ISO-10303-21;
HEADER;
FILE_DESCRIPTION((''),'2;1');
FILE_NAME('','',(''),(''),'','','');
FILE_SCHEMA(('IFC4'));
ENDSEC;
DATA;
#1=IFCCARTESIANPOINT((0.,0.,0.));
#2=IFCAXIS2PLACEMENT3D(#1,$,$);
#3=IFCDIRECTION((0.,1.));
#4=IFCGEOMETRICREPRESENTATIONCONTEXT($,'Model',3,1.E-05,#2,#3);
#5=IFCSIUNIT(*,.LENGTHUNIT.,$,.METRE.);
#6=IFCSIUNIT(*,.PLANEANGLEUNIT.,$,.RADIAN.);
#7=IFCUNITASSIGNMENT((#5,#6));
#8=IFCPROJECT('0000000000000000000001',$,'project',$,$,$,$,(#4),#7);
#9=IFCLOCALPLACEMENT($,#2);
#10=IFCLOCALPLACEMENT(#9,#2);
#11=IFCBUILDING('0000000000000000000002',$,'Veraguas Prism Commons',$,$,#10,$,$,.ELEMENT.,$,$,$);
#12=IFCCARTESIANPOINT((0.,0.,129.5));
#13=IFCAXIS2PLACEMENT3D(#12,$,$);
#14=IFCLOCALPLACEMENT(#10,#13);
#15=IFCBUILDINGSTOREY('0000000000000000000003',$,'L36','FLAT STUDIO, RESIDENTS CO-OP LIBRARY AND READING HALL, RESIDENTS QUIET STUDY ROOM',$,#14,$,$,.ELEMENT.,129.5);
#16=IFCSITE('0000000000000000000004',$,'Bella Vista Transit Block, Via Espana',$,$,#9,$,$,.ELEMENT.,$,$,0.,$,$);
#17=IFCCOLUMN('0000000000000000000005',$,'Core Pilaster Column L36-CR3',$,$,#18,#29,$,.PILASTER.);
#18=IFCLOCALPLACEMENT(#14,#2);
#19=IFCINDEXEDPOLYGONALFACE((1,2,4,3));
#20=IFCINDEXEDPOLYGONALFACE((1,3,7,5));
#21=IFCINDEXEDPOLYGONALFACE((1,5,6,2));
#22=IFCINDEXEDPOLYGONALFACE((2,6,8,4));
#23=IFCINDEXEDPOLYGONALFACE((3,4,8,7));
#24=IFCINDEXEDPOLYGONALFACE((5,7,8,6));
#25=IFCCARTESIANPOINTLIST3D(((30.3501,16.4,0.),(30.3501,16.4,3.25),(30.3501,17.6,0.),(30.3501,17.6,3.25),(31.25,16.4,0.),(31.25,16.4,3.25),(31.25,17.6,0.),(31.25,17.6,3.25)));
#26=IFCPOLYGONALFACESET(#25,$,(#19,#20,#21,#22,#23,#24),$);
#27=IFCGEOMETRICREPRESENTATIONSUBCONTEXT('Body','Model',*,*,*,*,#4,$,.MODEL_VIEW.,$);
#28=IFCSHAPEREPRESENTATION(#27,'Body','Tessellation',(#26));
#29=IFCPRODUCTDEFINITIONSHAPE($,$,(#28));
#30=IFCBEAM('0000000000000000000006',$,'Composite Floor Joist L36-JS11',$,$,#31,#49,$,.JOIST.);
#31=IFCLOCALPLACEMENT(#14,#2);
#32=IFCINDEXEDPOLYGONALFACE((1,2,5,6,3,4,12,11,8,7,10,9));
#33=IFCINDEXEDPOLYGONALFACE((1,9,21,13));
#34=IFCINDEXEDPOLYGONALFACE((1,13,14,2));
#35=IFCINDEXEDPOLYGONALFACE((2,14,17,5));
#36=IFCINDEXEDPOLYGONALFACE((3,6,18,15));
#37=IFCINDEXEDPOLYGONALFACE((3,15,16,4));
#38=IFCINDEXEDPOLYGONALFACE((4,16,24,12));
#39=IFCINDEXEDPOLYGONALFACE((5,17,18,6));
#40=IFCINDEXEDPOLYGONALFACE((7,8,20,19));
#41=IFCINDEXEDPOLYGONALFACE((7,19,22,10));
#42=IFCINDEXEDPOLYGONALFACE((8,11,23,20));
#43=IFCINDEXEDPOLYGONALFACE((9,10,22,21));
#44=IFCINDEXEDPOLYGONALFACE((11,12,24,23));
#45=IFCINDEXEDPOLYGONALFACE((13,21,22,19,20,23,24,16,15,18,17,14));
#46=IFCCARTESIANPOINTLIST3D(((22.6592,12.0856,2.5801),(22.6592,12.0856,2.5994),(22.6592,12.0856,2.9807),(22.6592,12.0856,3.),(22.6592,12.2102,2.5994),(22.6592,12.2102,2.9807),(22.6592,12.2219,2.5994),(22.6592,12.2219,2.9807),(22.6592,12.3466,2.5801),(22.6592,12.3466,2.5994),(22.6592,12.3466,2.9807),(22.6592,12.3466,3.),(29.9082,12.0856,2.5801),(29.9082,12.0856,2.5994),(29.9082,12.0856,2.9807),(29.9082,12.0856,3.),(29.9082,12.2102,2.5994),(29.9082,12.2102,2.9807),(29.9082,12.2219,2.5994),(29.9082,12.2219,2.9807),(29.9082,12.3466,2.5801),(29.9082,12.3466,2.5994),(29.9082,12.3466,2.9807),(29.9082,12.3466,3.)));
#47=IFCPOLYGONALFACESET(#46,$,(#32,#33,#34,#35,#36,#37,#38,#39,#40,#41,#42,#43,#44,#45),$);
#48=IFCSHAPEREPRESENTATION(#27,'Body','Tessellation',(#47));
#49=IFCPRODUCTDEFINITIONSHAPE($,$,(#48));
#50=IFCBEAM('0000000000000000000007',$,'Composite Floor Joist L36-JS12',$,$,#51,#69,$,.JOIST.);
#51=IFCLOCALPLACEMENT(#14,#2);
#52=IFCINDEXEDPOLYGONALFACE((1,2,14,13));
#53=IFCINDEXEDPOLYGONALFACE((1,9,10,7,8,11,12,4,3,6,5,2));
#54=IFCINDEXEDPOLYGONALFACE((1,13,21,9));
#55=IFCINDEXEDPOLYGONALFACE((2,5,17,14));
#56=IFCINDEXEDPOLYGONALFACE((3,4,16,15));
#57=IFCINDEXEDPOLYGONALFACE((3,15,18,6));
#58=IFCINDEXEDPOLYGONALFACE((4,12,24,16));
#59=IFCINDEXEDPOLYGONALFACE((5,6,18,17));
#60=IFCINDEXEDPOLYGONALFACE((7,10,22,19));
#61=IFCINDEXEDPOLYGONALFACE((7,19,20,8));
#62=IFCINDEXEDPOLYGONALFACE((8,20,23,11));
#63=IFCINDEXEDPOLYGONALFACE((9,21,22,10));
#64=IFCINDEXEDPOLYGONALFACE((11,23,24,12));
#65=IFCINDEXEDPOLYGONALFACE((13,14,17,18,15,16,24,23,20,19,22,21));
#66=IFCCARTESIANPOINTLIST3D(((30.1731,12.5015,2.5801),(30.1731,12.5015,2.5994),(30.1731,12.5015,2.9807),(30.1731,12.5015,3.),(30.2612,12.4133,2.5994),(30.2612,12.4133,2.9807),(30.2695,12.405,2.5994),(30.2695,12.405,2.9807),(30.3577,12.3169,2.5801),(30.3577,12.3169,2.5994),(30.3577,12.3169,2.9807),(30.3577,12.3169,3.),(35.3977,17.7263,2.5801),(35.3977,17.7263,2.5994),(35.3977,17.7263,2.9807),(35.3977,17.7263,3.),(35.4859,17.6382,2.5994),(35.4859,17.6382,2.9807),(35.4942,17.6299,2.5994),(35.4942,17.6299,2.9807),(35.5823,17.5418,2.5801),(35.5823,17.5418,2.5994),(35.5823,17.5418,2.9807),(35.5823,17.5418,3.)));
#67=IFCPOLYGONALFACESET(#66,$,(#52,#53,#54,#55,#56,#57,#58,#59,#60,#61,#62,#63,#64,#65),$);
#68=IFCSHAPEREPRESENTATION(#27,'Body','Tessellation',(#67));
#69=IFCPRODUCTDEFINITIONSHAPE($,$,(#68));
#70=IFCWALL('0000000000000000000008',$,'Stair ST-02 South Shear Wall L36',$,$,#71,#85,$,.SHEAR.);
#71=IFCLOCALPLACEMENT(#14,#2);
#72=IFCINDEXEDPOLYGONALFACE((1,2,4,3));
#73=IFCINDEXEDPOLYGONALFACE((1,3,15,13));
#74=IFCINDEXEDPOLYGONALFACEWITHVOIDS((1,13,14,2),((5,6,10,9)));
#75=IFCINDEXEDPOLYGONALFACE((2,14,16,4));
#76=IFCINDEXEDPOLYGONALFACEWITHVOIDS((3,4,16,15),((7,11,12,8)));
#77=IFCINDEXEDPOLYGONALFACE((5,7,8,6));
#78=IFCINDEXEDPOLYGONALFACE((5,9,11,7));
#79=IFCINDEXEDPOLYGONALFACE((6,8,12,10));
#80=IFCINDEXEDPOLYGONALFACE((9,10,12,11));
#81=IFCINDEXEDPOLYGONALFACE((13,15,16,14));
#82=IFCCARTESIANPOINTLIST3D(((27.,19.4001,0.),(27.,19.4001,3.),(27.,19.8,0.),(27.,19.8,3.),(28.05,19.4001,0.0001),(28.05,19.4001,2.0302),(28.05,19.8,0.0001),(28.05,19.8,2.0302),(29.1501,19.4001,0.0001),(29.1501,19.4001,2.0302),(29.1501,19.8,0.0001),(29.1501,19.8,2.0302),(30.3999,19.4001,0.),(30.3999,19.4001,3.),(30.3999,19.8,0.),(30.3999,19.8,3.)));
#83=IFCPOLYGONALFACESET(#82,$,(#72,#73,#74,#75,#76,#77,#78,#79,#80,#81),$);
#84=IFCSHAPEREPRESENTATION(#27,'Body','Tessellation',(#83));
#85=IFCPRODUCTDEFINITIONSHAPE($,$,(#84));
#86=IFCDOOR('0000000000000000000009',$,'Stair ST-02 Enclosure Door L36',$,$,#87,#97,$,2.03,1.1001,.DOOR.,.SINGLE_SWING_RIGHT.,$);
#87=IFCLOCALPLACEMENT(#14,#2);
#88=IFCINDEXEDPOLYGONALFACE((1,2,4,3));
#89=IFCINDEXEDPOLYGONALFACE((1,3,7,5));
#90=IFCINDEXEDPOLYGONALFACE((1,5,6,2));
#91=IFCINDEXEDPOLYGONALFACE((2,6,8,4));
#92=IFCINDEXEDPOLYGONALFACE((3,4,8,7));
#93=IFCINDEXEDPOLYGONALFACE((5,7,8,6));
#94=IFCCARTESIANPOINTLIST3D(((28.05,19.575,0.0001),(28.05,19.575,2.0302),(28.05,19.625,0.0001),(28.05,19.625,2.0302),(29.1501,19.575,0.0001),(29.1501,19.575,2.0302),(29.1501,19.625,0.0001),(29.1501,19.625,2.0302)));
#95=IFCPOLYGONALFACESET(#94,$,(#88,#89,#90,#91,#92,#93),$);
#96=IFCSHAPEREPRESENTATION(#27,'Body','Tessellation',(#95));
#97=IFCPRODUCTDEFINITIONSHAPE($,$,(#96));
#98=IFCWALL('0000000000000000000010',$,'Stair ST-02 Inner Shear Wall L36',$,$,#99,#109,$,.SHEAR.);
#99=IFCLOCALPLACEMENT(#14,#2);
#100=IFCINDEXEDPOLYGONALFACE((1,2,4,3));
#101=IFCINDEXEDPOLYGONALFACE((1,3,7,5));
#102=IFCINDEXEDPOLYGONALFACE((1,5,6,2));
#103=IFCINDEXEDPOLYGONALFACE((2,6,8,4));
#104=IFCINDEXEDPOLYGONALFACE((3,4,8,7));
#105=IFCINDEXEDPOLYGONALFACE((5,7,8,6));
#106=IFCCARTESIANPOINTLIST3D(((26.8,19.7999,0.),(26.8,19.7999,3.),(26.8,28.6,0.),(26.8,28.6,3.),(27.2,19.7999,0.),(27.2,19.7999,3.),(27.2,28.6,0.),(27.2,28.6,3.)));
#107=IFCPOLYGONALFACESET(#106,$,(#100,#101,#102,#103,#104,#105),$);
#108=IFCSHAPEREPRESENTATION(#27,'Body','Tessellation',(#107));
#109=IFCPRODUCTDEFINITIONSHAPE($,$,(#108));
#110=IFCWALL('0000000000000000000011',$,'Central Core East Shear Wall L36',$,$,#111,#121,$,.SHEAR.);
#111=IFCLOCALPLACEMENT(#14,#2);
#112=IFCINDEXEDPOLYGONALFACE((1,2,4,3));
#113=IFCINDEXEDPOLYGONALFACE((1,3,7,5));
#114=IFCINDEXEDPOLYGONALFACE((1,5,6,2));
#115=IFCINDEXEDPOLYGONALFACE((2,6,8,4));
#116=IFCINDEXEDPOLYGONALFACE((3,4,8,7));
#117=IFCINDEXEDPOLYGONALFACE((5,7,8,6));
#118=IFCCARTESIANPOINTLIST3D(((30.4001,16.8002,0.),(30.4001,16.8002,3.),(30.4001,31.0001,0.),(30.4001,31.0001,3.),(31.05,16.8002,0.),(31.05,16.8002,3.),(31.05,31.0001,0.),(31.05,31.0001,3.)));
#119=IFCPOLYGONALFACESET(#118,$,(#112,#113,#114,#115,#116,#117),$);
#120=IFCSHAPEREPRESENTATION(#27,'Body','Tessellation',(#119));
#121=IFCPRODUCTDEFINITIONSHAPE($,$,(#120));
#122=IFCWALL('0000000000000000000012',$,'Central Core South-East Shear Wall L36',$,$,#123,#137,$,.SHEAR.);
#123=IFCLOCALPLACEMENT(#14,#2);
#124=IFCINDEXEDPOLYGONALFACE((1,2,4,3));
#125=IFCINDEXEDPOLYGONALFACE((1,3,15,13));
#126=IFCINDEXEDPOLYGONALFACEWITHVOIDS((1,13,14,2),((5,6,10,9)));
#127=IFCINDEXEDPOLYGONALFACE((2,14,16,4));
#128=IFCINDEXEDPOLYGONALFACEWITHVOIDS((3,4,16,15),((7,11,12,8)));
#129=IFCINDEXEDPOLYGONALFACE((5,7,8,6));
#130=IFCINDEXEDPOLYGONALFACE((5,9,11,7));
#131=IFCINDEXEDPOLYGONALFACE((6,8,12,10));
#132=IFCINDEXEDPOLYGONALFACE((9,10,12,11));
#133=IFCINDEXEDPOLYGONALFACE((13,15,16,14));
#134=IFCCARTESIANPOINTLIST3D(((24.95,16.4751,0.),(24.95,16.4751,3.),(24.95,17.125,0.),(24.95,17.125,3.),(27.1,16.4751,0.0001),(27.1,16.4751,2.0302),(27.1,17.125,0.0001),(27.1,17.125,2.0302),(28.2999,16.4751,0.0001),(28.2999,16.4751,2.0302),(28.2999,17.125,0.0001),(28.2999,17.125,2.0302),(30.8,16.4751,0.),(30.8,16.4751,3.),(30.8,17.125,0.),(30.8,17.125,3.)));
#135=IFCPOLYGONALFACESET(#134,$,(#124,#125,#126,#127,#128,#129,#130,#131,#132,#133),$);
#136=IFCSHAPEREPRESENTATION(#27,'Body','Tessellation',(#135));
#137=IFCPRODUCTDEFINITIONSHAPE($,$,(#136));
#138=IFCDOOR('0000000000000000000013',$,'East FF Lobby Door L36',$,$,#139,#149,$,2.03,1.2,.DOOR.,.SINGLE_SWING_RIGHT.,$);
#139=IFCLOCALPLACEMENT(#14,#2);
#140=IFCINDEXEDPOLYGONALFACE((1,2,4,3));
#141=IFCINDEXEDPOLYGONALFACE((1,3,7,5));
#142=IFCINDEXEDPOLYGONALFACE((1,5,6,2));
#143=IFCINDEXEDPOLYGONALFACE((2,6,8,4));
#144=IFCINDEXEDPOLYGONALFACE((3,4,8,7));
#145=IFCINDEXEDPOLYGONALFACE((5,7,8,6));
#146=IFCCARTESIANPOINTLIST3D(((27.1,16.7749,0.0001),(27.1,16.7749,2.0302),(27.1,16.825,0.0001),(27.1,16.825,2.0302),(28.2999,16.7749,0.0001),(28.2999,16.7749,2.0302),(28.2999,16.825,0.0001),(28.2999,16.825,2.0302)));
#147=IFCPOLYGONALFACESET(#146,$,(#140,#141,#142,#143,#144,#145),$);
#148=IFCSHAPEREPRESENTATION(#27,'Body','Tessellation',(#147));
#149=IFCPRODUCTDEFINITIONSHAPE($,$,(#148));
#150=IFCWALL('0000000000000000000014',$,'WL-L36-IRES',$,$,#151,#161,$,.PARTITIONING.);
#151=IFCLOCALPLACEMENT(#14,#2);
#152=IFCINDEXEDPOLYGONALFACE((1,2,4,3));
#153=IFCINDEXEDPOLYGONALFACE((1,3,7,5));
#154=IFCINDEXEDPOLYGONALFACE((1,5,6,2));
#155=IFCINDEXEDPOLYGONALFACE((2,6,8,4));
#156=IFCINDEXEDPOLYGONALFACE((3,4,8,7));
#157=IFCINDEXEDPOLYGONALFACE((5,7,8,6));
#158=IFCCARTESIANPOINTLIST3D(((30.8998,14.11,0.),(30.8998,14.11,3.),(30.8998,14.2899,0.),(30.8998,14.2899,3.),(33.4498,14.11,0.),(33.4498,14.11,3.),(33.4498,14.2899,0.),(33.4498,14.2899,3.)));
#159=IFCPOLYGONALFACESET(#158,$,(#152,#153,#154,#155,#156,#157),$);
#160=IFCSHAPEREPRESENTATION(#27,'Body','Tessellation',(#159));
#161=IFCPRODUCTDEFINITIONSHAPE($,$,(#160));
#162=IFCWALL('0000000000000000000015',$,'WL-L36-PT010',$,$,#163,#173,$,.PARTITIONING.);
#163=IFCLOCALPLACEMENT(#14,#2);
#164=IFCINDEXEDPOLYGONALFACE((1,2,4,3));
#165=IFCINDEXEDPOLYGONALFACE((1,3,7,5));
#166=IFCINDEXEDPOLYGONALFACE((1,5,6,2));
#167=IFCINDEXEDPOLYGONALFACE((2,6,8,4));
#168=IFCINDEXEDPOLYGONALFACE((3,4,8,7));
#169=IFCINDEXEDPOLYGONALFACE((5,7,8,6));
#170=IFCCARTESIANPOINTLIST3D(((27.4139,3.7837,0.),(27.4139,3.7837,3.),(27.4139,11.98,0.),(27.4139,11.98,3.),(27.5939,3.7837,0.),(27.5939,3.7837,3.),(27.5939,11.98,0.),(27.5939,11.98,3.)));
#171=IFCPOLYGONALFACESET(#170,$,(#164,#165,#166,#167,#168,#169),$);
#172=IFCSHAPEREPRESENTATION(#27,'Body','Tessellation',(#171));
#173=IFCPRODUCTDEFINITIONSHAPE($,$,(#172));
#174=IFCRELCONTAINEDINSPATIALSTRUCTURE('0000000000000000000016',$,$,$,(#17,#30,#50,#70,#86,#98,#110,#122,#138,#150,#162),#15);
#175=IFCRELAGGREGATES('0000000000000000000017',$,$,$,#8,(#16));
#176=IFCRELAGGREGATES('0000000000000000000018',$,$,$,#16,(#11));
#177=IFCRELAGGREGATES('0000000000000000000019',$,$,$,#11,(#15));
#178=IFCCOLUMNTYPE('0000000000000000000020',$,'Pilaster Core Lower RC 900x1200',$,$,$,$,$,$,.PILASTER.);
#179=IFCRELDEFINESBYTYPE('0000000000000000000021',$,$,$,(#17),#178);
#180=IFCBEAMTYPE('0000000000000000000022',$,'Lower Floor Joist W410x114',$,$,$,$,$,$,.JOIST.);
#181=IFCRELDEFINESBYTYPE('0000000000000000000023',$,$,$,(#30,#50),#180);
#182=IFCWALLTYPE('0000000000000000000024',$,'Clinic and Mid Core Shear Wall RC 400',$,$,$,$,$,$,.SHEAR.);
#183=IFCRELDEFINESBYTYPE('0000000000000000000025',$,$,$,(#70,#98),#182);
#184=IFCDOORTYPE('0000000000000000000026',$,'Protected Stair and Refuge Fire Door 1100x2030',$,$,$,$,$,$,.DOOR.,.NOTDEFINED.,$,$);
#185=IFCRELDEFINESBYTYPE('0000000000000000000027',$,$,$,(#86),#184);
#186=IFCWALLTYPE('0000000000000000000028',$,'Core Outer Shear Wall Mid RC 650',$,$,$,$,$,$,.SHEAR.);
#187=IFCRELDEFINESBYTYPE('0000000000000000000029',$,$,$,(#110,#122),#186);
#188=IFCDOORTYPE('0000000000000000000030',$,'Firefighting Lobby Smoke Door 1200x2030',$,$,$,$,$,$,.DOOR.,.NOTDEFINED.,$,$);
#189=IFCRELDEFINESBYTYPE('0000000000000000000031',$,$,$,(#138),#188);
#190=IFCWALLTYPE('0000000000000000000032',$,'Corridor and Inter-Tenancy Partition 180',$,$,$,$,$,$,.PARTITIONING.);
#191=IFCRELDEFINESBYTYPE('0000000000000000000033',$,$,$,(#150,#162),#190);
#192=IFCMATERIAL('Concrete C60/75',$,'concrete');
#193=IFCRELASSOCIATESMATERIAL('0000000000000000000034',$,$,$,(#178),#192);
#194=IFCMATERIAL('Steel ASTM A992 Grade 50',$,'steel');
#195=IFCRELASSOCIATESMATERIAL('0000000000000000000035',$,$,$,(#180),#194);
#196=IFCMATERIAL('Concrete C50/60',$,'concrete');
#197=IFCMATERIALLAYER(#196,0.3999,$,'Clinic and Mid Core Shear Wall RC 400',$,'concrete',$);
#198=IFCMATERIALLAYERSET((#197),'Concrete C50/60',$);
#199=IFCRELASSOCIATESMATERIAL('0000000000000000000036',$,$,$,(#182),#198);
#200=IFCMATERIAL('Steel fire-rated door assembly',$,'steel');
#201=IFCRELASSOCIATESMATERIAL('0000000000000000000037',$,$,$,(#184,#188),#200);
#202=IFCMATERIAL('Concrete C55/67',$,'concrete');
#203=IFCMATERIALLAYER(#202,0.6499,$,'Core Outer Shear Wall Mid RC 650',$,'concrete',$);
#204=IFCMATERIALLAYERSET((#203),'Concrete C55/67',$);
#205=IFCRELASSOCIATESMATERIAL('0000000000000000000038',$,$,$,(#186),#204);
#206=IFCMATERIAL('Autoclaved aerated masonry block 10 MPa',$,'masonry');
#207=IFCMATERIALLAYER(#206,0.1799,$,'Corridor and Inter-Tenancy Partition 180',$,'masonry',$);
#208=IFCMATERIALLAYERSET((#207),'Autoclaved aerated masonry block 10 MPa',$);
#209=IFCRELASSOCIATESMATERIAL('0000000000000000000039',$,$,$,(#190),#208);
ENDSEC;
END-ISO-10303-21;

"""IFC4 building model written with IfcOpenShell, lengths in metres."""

from ifc_helpers import new_model, si_unit, direction, frame, frame_2d, origin, origin_2d, place, context, subcontext, project, spatial, rectangle, i_section, extrude, source, transform, mapped, material, layer, layer_set, material_profile, profile_set, type_object, element, fill, save


model = new_model("IFC4")

# Units and contexts
model_context = context("Model", 3, precision=1e-05, world=origin(), true_north=direction((0.0, 1.0)))
body_context = subcontext(model_context, "Body", "Model", "MODEL_VIEW")
ifc_project = project(units=[si_unit("LENGTHUNIT", "METRE"), si_unit("PLANEANGLEUNIT", "RADIAN")], contexts=[model_context])

# Site, building, storey
site_placement = place(None, origin())
site = spatial("IfcSite", under=ifc_project, at=site_placement, Name="Bella Vista Transit Block, Via Espana", CompositionType="ELEMENT", RefElevation=0.0)
building_placement = place(site_placement, origin())
building = spatial("IfcBuilding", under=site, at=building_placement, Name="Veraguas Prism Commons", CompositionType="ELEMENT")
storey_placement = place(building_placement, frame((0.0, 0.0, 129.5)))
storey = spatial("IfcBuildingStorey", under=building, at=storey_placement, Name="L36", Description="FLAT STUDIO, RESIDENTS CO-OP LIBRARY AND READING HALL, RESIDENTS QUIET STUDY ROOM", CompositionType="ELEMENT", Elevation=129.5)

# Column
ifc_material_1 = material(Name="Concrete C60/75", Category="concrete")
ifc_material_profile_1 = material_profile(ifc_material_1, rectangle(XDim=0.8999, YDim=1.2, at=origin_2d()), Name="RC900X1200")
ifc_profile_set_1 = profile_set([ifc_material_profile_1], Name="Concrete C60/75")
column_type = type_object("IfcColumnType", Name="Pilaster Core Lower RC 900x1200", PredefinedType="PILASTER", material=ifc_profile_set_1)
column_placement = place(storey_placement, frame((30.8, 17.0, 0.0), z_axis=(0.0, 0.0, 1.0), x_axis=(1.0, 0.0, 0.0)))
element("IfcColumn", 1, at=column_placement, inside=storey, type_object=column_type, Name="Core Pilaster Column L36-CR3", PredefinedType="PILASTER", context=body_context, shape_type="SweptSolid", body=[
    extrude(rectangle(XDim=0.8999, YDim=1.2, at=origin_2d()), origin(), (0.0, 0.0, 1.0), 3.25),
])

# Beams
ifc_material_2 = material(Name="Steel ASTM A992 Grade 50", Category="steel")
ifc_material_profile_2 = material_profile(ifc_material_2, i_section(OverallWidth=0.261, OverallDepth=0.4199, WebThickness=0.0117, FlangeThickness=0.0193, at=origin_2d()), Name="W410X114")
ifc_profile_set_2 = profile_set([ifc_material_profile_2], Name="Steel ASTM A992 Grade 50")
beam_type = type_object("IfcBeamType", Name="Lower Floor Joist W410x114", PredefinedType="JOIST", material=ifc_profile_set_2)
beam_1_placement = place(storey_placement, frame((22.6592, 12.2161, 2.79), z_axis=(1.0, 0.0, 0.0), x_axis=(0.0, 1.0, 0.0)))
element("IfcBeam", 2, at=beam_1_placement, inside=storey, type_object=beam_type, Name="Composite Floor Joist L36-JS11", PredefinedType="JOIST", context=body_context, shape_type="SweptSolid", body=[
    extrude(i_section(OverallWidth=0.261, OverallDepth=0.4199, WebThickness=0.0117, FlangeThickness=0.0193, at=origin_2d()), origin(), (0.0, 0.0, 1.0), 7.249),
])
beam_2_placement = place(storey_placement, frame((30.2654, 12.4092, 2.79), z_axis=(0.70709, 0.707123, 0.0), x_axis=(-0.707123, 0.70709, 0.0)))
element("IfcBeam", 3, at=beam_2_placement, inside=storey, type_object=beam_type, Name="Composite Floor Joist L36-JS12", PredefinedType="JOIST", context=body_context, shape_type="SweptSolid", body=[
    extrude(i_section(OverallWidth=0.261, OverallDepth=0.4199, WebThickness=0.0117, FlangeThickness=0.0193, at=origin_2d()), origin(), (0.0, 0.0, 1.0), 7.3889),
])

# Wall, opening, door
ifc_material_3 = material(Name="Concrete C50/60", Category="concrete")
ifc_layer_1 = layer(ifc_material_3, 0.3999, Name="Clinic and Mid Core Shear Wall RC 400", Category="concrete")
ifc_layer_set_1 = layer_set([ifc_layer_1], Name="Concrete C50/60")
wall_type_1 = type_object("IfcWallType", Name="Clinic and Mid Core Shear Wall RC 400", PredefinedType="SHEAR", material=ifc_layer_set_1)
wall_1_placement = place(storey_placement, frame((27.0, 19.6001, 0.0), z_axis=(0.0, 0.0, 1.0), x_axis=(1.0, 0.0, 0.0)))
wall_1 = element("IfcWall", 4, at=wall_1_placement, inside=storey, type_object=wall_type_1, Name="Stair ST-02 South Shear Wall L36", PredefinedType="SHEAR", context=body_context, shape_type="SweptSolid", body=[
    extrude(rectangle(XDim=3.3999, YDim=0.3999, at=frame_2d((1.7, 0.0))), origin(), (0.0, 0.0, 1.0), 3.0),
])
opening_1_placement = place(wall_1_placement, frame((1.05, 0.0, 0.0)))
opening_1 = element("IfcOpeningElement", 5, at=opening_1_placement, cuts=wall_1, PredefinedType="OPENING", context=body_context, shape_type="SweptSolid", body=[
    extrude(rectangle(XDim=1.1001, YDim=2.03, at=frame_2d((0.55, 1.0151))), frame((0.0, 0.21, 0.0), z_axis=(0.0, -1.0, 0.0), x_axis=(1.0, 0.0, 0.0)), (0.0, 0.0, 1.0), 0.4199),
])
ifc_material_4 = material(Name="Steel fire-rated door assembly", Category="steel")
door_type_1 = type_object("IfcDoorType", Name="Protected Stair and Refuge Fire Door 1100x2030", OperationType="NOTDEFINED", PredefinedType="DOOR", material=ifc_material_4)
shared_shape_1 = source(origin(), body_context, "Body", "SweptSolid", [
    extrude(rectangle(XDim=1.1001, YDim=2.03, at=frame_2d((0.55, 1.0151))), frame((0.0, 0.0249, 0.0), z_axis=(0.0, -1.0, 0.0), x_axis=(1.0, 0.0, 0.0)), (0.0, 0.0, 1.0), 0.05),
])
door_1_placement = place(opening_1_placement, origin())
door_1 = element("IfcDoor", 6, at=door_1_placement, inside=storey, type_object=door_type_1, Name="Stair ST-02 Enclosure Door L36", OperationType="SINGLE_SWING_RIGHT", OverallHeight=2.03, OverallWidth=1.1001, PredefinedType="DOOR", context=body_context, shape_type="MappedRepresentation", body=[
    mapped(shared_shape_1, transform((0.0, 0.0, 0.0), scale=1.0)),
])
fill(opening_1, door_1)

# Walls
wall_2_placement = place(storey_placement, frame((27.0, 19.8, 0.0), z_axis=(0.0, 0.0, 1.0), x_axis=(0.0, 1.0, 0.0)))
element("IfcWall", 7, at=wall_2_placement, inside=storey, type_object=wall_type_1, Name="Stair ST-02 Inner Shear Wall L36", PredefinedType="SHEAR", context=body_context, shape_type="SweptSolid", body=[
    extrude(rectangle(XDim=8.8, YDim=0.3999, at=frame_2d((4.3999, 0.0))), origin(), (0.0, 0.0, 1.0), 3.0),
])
ifc_material_5 = material(Name="Concrete C55/67", Category="concrete")
ifc_layer_2 = layer(ifc_material_5, 0.6499, Name="Core Outer Shear Wall Mid RC 650", Category="concrete")
ifc_layer_set_2 = layer_set([ifc_layer_2], Name="Concrete C55/67")
wall_type_2 = type_object("IfcWallType", Name="Core Outer Shear Wall Mid RC 650", PredefinedType="SHEAR", material=ifc_layer_set_2)
wall_3_placement = place(storey_placement, frame((30.7251, 16.8, 0.0), z_axis=(0.0, 0.0, 1.0), x_axis=(0.0, 1.0, 0.0)))
element("IfcWall", 8, at=wall_3_placement, inside=storey, type_object=wall_type_2, Name="Central Core East Shear Wall L36", PredefinedType="SHEAR", context=body_context, shape_type="SweptSolid", body=[
    extrude(rectangle(XDim=14.2, YDim=0.6499, at=frame_2d((7.1001, 0.0))), origin(), (0.0, 0.0, 1.0), 3.0),
])

# Wall, opening, door
wall_4_placement = place(storey_placement, frame((24.95, 16.8, 0.0), z_axis=(0.0, 0.0, 1.0), x_axis=(1.0, 0.0, 0.0)))
wall_4 = element("IfcWall", 9, at=wall_4_placement, inside=storey, type_object=wall_type_2, Name="Central Core South-East Shear Wall L36", PredefinedType="SHEAR", context=body_context, shape_type="SweptSolid", body=[
    extrude(rectangle(XDim=5.8501, YDim=0.6499, at=frame_2d((2.925, 0.0))), origin(), (0.0, 0.0, 1.0), 3.0),
])
opening_2_placement = place(wall_4_placement, frame((2.1499, 0.0, 0.0)))
opening_2 = element("IfcOpeningElement", 10, at=opening_2_placement, cuts=wall_4, PredefinedType="OPENING", context=body_context, shape_type="SweptSolid", body=[
    extrude(rectangle(XDim=1.2, YDim=2.03, at=frame_2d((0.6001, 1.0151))), frame((0.0, 0.335, 0.0), z_axis=(0.0, -1.0, 0.0), x_axis=(1.0, 0.0, 0.0)), (0.0, 0.0, 1.0), 0.6699),
])
door_type_2 = type_object("IfcDoorType", Name="Firefighting Lobby Smoke Door 1200x2030", OperationType="NOTDEFINED", PredefinedType="DOOR", material=ifc_material_4)
shared_shape_2 = source(origin(), body_context, "Body", "SweptSolid", [
    extrude(rectangle(XDim=1.2, YDim=2.03, at=frame_2d((0.6001, 1.0151))), frame((0.0, 0.0249, 0.0), z_axis=(0.0, -1.0, 0.0), x_axis=(1.0, 0.0, 0.0)), (0.0, 0.0, 1.0), 0.05),
])
door_2_placement = place(opening_2_placement, origin())
door_2 = element("IfcDoor", 11, at=door_2_placement, inside=storey, type_object=door_type_2, Name="East FF Lobby Door L36", OperationType="SINGLE_SWING_RIGHT", OverallHeight=2.03, OverallWidth=1.2, PredefinedType="DOOR", context=body_context, shape_type="MappedRepresentation", body=[
    mapped(shared_shape_2, transform((0.0, 0.0, 0.0), scale=1.0)),
])
fill(opening_2, door_2)

# Walls
ifc_material_6 = material(Name="Autoclaved aerated masonry block 10 MPa", Category="masonry")
ifc_layer_3 = layer(ifc_material_6, 0.1799, Name="Corridor and Inter-Tenancy Partition 180", Category="masonry")
ifc_layer_set_3 = layer_set([ifc_layer_3], Name="Autoclaved aerated masonry block 10 MPa")
wall_type_3 = type_object("IfcWallType", Name="Corridor and Inter-Tenancy Partition 180", PredefinedType="PARTITIONING", material=ifc_layer_set_3)
wall_5_placement = place(storey_placement, frame((30.8999, 14.2, 0.0), z_axis=(0.0, 0.0, 1.0), x_axis=(1.0, 0.0, 0.0)))
element("IfcWall", 12, at=wall_5_placement, inside=storey, type_object=wall_type_3, Name="WL-L36-IRES", PredefinedType="PARTITIONING", context=body_context, shape_type="SweptSolid", body=[
    extrude(rectangle(XDim=2.55, YDim=0.1799, at=frame_2d((1.2749, 0.0))), origin(), (0.0, 0.0, 1.0), 3.0),
])
wall_6_placement = place(storey_placement, frame((27.5039, 11.98, 0.0), z_axis=(0.0, 0.0, 1.0), x_axis=(0.0, -1.0, 0.0)))
element("IfcWall", 13, at=wall_6_placement, inside=storey, type_object=wall_type_3, Name="WL-L36-PT010", PredefinedType="PARTITIONING", context=body_context, shape_type="SweptSolid", body=[
    extrude(rectangle(XDim=8.1963, YDim=0.1799, at=frame_2d((4.0981, 0.0))), origin(), (0.0, 0.0, 1.0), 3.0),
])

save(model, "model.ifc")
